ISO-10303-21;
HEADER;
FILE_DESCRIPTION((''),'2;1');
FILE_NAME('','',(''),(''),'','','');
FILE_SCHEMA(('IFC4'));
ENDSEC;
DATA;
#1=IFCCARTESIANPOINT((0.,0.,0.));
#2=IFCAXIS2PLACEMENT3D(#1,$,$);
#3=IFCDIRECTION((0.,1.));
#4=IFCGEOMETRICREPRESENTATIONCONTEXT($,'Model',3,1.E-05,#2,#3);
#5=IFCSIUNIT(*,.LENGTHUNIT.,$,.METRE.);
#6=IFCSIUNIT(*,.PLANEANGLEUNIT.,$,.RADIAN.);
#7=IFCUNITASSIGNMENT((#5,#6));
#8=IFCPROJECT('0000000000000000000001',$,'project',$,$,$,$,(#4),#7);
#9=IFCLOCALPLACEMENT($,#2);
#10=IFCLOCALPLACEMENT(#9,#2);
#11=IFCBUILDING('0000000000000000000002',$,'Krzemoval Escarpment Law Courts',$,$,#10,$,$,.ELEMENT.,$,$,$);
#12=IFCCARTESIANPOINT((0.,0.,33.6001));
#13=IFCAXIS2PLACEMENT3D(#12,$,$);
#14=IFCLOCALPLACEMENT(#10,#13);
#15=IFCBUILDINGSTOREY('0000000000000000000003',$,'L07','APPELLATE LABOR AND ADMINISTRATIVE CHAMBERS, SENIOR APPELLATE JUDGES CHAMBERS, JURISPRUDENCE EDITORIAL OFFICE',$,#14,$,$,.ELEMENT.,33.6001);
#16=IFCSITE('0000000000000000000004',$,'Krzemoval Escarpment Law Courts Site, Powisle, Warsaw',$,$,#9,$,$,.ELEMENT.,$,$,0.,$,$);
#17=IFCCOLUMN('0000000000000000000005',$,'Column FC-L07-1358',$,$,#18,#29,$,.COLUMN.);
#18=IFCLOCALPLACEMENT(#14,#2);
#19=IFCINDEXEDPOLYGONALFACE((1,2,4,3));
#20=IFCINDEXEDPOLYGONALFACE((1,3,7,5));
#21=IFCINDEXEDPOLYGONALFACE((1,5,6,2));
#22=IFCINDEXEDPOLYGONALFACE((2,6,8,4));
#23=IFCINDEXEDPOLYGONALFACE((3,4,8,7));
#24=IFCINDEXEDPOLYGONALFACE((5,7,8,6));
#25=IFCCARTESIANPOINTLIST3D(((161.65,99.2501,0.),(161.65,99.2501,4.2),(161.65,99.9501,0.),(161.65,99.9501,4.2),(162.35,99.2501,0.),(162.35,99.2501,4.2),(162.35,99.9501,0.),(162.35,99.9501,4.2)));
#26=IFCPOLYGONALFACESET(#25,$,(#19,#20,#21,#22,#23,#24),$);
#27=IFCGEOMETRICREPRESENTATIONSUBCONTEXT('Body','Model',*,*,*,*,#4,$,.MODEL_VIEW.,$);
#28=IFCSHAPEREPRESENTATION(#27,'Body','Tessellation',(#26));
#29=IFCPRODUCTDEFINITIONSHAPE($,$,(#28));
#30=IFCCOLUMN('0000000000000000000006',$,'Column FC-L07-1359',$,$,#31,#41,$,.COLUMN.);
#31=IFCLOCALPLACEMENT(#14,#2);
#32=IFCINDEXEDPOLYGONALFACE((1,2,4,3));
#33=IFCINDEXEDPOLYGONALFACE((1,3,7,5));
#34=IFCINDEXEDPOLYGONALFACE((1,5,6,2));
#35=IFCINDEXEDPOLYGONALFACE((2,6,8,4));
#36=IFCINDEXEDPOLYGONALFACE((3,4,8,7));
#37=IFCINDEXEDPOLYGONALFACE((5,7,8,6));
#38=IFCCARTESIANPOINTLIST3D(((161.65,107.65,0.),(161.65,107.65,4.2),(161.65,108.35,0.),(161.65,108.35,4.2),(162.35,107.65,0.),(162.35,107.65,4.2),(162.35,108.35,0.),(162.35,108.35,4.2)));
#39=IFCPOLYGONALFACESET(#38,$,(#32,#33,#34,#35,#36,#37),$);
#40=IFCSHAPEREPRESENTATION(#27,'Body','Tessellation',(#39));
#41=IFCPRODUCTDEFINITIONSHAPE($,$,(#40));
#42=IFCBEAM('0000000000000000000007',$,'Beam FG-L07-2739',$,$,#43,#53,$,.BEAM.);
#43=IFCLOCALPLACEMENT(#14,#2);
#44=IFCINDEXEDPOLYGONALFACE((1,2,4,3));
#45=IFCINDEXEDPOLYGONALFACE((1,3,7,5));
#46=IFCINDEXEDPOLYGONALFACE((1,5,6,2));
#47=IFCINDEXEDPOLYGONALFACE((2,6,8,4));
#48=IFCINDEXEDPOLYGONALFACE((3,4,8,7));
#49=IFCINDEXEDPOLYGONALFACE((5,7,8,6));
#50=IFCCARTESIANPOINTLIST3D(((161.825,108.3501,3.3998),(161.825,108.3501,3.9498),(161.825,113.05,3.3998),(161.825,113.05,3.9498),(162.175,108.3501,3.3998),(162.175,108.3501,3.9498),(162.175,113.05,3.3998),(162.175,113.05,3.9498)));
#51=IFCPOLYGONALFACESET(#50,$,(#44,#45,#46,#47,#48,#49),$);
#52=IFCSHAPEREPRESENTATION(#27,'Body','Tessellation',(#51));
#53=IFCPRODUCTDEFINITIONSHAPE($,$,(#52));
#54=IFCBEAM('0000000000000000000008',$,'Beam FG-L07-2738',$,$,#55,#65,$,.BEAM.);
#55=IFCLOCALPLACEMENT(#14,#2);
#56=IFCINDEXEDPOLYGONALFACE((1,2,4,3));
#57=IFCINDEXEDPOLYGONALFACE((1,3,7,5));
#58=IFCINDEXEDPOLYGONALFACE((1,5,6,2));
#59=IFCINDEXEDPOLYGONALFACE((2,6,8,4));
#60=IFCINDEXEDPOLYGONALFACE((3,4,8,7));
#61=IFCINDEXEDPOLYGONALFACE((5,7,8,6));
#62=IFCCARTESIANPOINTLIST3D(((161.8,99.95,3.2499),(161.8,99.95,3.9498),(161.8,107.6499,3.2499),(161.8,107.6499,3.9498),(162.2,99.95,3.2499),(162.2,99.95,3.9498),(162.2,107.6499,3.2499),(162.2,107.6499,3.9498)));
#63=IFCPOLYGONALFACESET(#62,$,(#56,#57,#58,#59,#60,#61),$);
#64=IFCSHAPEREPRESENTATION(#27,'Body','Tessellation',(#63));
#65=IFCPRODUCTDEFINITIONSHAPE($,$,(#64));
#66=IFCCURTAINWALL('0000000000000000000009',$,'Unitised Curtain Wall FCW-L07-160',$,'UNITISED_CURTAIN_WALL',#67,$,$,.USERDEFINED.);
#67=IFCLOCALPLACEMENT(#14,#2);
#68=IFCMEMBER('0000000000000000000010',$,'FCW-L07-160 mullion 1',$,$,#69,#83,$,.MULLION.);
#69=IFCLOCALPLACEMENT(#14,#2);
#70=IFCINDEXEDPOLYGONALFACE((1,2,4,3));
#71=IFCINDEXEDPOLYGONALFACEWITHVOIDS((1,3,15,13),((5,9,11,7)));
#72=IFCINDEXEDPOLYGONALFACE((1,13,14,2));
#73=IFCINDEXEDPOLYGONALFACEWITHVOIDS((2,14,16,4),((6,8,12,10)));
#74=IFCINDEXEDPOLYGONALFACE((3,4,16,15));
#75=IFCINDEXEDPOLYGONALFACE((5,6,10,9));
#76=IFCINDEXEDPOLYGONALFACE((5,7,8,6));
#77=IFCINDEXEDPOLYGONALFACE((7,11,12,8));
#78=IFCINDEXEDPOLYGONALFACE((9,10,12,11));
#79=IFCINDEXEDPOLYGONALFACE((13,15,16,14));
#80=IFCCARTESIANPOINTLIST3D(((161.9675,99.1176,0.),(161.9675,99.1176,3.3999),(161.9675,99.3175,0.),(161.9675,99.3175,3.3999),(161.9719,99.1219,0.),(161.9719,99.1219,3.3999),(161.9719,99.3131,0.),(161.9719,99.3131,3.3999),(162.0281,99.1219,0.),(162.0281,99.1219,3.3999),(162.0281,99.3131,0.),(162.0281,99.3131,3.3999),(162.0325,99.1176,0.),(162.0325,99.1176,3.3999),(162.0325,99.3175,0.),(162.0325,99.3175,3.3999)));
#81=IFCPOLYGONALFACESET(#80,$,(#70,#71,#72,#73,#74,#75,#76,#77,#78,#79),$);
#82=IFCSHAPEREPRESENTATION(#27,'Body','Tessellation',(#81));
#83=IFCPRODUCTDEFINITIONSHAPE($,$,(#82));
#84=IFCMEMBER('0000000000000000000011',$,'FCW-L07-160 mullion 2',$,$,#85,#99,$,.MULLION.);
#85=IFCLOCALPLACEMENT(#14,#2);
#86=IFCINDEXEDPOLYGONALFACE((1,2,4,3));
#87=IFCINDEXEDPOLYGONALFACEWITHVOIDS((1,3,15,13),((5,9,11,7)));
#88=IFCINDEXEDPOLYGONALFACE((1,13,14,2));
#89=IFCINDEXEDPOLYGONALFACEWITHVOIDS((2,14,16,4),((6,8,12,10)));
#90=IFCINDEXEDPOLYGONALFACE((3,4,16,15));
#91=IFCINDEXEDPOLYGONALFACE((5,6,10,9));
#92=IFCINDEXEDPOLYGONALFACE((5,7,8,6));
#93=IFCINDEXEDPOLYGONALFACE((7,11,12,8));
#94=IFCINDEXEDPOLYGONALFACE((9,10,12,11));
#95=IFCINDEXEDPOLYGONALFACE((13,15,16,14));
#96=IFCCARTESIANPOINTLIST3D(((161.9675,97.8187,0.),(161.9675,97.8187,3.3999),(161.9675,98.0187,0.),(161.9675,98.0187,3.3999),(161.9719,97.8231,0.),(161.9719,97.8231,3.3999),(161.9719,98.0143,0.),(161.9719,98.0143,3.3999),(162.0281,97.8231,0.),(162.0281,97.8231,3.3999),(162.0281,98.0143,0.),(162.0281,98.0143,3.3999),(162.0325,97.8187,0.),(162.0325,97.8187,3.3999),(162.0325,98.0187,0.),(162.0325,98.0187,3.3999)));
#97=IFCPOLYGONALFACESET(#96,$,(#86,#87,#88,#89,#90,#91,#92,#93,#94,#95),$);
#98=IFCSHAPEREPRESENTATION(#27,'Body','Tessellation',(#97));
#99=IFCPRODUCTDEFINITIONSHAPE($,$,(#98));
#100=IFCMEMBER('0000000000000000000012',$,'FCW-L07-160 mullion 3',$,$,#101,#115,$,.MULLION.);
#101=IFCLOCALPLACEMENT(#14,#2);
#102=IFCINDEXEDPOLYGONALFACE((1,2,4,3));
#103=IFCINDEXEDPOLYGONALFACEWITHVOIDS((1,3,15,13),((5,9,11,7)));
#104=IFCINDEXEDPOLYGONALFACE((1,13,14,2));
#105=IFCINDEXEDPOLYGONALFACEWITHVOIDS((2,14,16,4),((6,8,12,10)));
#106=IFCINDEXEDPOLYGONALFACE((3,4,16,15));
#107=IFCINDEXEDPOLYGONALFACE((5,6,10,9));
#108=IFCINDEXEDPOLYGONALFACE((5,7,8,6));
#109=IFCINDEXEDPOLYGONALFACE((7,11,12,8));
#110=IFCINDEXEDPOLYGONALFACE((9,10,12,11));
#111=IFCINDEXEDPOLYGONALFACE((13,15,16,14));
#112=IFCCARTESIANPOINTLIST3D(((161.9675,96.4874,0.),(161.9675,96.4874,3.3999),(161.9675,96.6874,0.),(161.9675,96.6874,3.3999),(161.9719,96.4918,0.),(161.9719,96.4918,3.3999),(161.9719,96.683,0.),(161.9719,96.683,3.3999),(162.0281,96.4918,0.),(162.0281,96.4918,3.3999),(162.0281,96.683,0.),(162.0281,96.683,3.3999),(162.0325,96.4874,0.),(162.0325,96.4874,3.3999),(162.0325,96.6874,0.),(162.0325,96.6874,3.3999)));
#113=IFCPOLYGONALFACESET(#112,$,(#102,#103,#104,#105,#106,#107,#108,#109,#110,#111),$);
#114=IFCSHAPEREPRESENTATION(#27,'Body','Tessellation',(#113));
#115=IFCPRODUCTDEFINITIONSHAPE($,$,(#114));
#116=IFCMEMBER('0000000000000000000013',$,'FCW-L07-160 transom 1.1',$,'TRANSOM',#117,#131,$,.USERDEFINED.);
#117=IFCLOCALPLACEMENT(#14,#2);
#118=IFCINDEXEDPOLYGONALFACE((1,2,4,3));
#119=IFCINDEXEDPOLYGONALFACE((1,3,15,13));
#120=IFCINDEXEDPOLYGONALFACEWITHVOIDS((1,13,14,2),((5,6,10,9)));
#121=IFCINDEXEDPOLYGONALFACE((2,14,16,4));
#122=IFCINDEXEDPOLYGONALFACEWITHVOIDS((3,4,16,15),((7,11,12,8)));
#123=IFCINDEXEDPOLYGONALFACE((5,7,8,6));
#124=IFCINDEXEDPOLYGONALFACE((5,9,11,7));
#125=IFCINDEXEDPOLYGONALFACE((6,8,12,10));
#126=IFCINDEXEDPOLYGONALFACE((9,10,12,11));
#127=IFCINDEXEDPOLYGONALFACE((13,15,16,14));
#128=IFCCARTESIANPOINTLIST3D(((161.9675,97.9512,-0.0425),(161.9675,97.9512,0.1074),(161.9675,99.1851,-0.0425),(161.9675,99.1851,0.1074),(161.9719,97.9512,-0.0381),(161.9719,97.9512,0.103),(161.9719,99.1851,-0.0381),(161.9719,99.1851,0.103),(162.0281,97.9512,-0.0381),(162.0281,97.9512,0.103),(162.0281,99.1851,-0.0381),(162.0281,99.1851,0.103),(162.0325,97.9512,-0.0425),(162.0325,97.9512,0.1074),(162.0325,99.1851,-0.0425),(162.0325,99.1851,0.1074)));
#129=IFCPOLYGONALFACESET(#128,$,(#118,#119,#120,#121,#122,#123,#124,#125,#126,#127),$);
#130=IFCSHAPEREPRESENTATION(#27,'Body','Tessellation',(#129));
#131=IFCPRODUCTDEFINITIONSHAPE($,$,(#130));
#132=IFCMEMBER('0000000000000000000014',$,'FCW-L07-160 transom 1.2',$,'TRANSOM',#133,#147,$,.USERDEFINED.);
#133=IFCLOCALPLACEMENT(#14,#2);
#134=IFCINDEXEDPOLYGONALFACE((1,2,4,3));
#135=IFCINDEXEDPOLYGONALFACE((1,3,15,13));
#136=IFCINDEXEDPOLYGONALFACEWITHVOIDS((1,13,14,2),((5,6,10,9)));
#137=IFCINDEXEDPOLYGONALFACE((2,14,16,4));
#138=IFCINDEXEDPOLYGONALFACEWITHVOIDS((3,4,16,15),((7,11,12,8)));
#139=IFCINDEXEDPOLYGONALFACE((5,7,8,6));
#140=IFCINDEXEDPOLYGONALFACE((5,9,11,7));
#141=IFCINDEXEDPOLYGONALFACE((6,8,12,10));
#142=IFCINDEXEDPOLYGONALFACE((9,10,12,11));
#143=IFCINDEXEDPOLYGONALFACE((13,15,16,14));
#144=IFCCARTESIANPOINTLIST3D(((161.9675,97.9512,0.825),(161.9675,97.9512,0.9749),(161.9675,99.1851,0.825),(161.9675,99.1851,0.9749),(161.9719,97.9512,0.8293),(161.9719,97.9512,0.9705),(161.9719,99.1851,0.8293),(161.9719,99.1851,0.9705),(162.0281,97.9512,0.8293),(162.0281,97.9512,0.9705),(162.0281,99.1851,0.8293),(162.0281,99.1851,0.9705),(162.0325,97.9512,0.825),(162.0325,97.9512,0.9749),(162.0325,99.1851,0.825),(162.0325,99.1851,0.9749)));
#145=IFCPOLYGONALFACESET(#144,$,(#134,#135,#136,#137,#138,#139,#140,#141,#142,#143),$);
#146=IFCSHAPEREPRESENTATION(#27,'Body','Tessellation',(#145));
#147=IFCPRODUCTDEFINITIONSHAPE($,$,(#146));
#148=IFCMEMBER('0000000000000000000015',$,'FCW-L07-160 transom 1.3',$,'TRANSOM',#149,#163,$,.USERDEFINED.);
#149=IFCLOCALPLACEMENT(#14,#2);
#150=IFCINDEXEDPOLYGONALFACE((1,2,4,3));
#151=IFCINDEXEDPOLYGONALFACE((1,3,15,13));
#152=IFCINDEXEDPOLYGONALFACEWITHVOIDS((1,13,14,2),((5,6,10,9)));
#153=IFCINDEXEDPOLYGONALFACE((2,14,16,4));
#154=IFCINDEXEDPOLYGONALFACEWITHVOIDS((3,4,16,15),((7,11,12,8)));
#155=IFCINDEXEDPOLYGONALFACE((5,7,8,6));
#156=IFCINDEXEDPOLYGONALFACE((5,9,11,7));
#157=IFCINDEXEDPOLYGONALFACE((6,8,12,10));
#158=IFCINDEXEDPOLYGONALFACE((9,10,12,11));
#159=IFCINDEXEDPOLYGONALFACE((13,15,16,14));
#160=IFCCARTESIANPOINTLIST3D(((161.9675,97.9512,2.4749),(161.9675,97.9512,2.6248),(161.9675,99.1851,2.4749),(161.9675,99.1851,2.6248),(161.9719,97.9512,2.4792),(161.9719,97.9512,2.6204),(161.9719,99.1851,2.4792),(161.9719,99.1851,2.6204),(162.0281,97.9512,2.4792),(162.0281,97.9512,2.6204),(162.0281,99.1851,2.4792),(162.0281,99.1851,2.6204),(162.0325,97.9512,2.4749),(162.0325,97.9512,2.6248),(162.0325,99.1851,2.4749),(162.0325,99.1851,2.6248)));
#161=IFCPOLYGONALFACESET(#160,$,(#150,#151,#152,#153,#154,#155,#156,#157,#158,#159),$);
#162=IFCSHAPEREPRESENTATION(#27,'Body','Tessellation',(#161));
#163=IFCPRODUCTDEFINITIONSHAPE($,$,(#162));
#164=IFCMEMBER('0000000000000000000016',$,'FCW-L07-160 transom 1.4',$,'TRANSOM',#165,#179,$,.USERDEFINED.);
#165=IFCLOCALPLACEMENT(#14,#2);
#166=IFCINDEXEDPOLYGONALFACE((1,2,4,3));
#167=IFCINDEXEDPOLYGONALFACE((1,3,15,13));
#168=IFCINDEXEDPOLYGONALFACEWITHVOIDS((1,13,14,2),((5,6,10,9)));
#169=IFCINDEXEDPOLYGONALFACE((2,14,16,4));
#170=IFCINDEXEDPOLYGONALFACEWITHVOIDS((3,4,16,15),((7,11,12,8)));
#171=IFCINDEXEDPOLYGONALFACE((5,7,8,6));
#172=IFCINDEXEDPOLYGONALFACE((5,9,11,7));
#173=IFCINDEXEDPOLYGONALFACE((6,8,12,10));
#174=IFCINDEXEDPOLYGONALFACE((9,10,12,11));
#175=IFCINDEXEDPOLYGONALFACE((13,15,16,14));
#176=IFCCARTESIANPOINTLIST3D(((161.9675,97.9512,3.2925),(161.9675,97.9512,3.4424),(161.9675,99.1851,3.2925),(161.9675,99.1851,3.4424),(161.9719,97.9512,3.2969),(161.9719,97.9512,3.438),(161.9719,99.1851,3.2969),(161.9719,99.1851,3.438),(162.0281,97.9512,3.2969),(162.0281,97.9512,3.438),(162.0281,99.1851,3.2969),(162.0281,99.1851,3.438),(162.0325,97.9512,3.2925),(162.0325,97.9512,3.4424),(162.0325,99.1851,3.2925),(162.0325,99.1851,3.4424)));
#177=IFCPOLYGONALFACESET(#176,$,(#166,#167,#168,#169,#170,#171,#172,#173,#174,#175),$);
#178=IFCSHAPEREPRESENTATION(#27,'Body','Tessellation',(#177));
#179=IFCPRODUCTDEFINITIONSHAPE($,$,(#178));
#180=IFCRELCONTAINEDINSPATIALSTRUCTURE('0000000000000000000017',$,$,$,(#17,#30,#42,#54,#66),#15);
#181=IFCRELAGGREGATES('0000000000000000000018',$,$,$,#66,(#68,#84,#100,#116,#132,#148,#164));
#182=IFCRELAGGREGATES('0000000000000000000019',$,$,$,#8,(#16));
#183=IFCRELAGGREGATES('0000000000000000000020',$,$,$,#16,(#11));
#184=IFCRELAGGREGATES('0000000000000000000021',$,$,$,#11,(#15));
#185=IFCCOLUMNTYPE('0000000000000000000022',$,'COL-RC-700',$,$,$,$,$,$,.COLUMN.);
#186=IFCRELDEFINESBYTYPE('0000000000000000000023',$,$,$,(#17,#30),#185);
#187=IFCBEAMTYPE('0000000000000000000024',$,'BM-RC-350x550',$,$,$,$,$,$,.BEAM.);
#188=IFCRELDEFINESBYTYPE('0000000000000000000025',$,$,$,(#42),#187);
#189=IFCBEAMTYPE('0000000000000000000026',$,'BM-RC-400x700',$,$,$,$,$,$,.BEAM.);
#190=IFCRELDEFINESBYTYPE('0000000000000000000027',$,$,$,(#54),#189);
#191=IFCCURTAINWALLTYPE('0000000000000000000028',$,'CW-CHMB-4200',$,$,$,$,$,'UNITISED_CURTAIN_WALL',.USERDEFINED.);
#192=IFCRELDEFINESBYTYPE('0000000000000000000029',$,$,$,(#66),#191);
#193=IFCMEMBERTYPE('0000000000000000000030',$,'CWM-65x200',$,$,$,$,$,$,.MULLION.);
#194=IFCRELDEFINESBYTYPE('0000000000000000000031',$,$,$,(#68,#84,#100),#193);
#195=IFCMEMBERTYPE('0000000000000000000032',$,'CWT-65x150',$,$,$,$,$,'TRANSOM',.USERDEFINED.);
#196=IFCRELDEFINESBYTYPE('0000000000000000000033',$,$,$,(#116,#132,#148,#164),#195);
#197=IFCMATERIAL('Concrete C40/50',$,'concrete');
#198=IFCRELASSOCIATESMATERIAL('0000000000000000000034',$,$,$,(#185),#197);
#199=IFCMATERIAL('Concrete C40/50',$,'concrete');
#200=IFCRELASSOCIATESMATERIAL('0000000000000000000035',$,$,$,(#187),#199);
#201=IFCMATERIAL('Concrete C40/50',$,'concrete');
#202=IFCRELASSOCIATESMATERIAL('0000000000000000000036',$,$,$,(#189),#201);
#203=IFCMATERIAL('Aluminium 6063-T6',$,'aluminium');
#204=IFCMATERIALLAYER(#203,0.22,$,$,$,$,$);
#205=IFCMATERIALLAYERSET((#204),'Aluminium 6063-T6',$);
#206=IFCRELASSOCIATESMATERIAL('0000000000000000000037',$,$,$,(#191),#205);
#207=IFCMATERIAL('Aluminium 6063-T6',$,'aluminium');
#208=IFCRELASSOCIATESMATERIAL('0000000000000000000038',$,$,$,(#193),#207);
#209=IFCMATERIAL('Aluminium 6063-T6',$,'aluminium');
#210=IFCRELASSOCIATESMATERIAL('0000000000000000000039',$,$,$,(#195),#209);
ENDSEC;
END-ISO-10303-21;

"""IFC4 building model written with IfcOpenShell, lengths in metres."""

from ifc_helpers import new_model, si_unit, direction, frame, origin, origin_2d, place, context, subcontext, project, spatial, rectangle, hollow_rectangle, extrude, material, layer, layer_set, material_profile, profile_set, type_object, element, aggregate, save


model = new_model("IFC4")

# Units and contexts
model_context = context("Model", 3, precision=1e-05, world=origin(), true_north=direction((0.0, 1.0)))
body_context = subcontext(model_context, "Body", "Model", "MODEL_VIEW")
ifc_project = project(units=[si_unit("LENGTHUNIT", "METRE"), si_unit("PLANEANGLEUNIT", "RADIAN")], contexts=[model_context])

# Site, building, storey
site_placement = place(None, origin())
site = spatial("IfcSite", under=ifc_project, at=site_placement, Name="Krzemoval Escarpment Law Courts Site, Powisle, Warsaw", CompositionType="ELEMENT", RefElevation=0.0)
building_placement = place(site_placement, origin())
building = spatial("IfcBuilding", under=site, at=building_placement, Name="Krzemoval Escarpment Law Courts", CompositionType="ELEMENT")
storey_placement = place(building_placement, frame((0.0, 0.0, 33.6001)))
storey = spatial("IfcBuildingStorey", under=building, at=storey_placement, Name="L07", Description="APPELLATE LABOR AND ADMINISTRATIVE CHAMBERS, SENIOR APPELLATE JUDGES CHAMBERS, JURISPRUDENCE EDITORIAL OFFICE", CompositionType="ELEMENT", Elevation=33.6001)

# Columns
ifc_material_1 = material(Name="Concrete C40/50", Category="concrete")
ifc_material_profile_1 = material_profile(ifc_material_1, rectangle(XDim=0.7, YDim=0.7, at=origin_2d()), Name="RC 700x700")
ifc_profile_set_1 = profile_set([ifc_material_profile_1], Name="Concrete C40/50")
column_type = type_object("IfcColumnType", Name="COL-RC-700", PredefinedType="COLUMN", material=ifc_profile_set_1)
for number, where, z_axis, x_axis, name in (
    (1, (162.0, 99.6001, 0.0), (0.0, 0.0, 1.0), (1.0, 0.0, 0.0), "Column FC-L07-1358"),
    (2, (162.0, 108.0, 0.0), (0.0, 0.0, 1.0), (1.0, 0.0, 0.0), "Column FC-L07-1359"),
):
    element("IfcColumn", number, at=place(storey_placement, frame(where, z_axis=z_axis, x_axis=x_axis)), inside=storey, type_object=column_type, Name=name, PredefinedType="COLUMN", context=body_context, shape_type="SweptSolid", body=[
        extrude(rectangle(XDim=0.7, YDim=0.7, at=origin_2d()), origin(), (0.0, 0.0, 1.0), 4.2),
    ])

# Beams
ifc_material_2 = material(Name="Concrete C40/50", Category="concrete")
ifc_material_profile_2 = material_profile(ifc_material_2, rectangle(XDim=0.3501, YDim=0.55, at=origin_2d()), Name="RCB 350x550")
ifc_profile_set_2 = profile_set([ifc_material_profile_2], Name="Concrete C40/50")
beam_type_1 = type_object("IfcBeamType", Name="BM-RC-350x550", PredefinedType="BEAM", material=ifc_profile_set_2)
beam_1_placement = place(storey_placement, frame((162.0, 108.3501, 3.6748), z_axis=(0.0, 1.0, 0.0), x_axis=(-1.0, 0.0, 0.0)))
element("IfcBeam", 3, at=beam_1_placement, inside=storey, type_object=beam_type_1, Name="Beam FG-L07-2739", PredefinedType="BEAM", context=body_context, shape_type="SweptSolid", body=[
    extrude(rectangle(XDim=0.3501, YDim=0.55, at=origin_2d()), origin(), (0.0, 0.0, 1.0), 4.7),
])
ifc_material_3 = material(Name="Concrete C40/50", Category="concrete")
ifc_material_profile_3 = material_profile(ifc_material_3, rectangle(XDim=0.3999, YDim=0.7, at=origin_2d()), Name="RCB 400x700")
ifc_profile_set_3 = profile_set([ifc_material_profile_3], Name="Concrete C40/50")
beam_type_2 = type_object("IfcBeamType", Name="BM-RC-400x700", PredefinedType="BEAM", material=ifc_profile_set_3)
beam_2_placement = place(storey_placement, frame((162.0, 99.95, 3.5999), z_axis=(0.0, 1.0, 0.0), x_axis=(-1.0, 0.0, 0.0)))
element("IfcBeam", 4, at=beam_2_placement, inside=storey, type_object=beam_type_2, Name="Beam FG-L07-2738", PredefinedType="BEAM", context=body_context, shape_type="SweptSolid", body=[
    extrude(rectangle(XDim=0.3999, YDim=0.7, at=origin_2d()), origin(), (0.0, 0.0, 1.0), 7.7),
])

# Curtain wall, members
ifc_material_4 = material(Name="Aluminium 6063-T6", Category="aluminium")
ifc_layer_1 = layer(ifc_material_4, 0.22)
ifc_layer_set_1 = layer_set([ifc_layer_1], Name="Aluminium 6063-T6")
curtain_wall_type = type_object("IfcCurtainWallType", Name="CW-CHMB-4200", ElementType="UNITISED_CURTAIN_WALL", PredefinedType="USERDEFINED", material=ifc_layer_set_1)
curtain_wall_placement = place(storey_placement, origin())
curtain_wall = element("IfcCurtainWall", 5, at=curtain_wall_placement, inside=storey, type_object=curtain_wall_type, Name="Unitised Curtain Wall FCW-L07-160", ObjectType="UNITISED_CURTAIN_WALL", PredefinedType="USERDEFINED")
ifc_material_5 = material(Name="Aluminium 6063-T6", Category="aluminium")
ifc_material_profile_4 = material_profile(ifc_material_5, hollow_rectangle(XDim=0.0649, YDim=0.2, WallThickness=0.0044, at=origin_2d()), Name="ALU M65x200")
ifc_profile_set_4 = profile_set([ifc_material_profile_4], Name="Aluminium 6063-T6")
member_type_1 = type_object("IfcMemberType", Name="CWM-65x200", PredefinedType="MULLION", material=ifc_profile_set_4)
member_1_placement = place(storey_placement, frame((162.0, 99.2175, 0.0), z_axis=(0.0, 0.0, 1.0), x_axis=(1.0, 0.0, 0.0)))
member_1 = element("IfcMember", 6, at=member_1_placement, type_object=member_type_1, Name="FCW-L07-160 mullion 1", PredefinedType="MULLION", context=body_context, shape_type="SweptSolid", body=[
    extrude(hollow_rectangle(XDim=0.0649, YDim=0.2, WallThickness=0.0044, at=origin_2d()), origin(), (0.0, 0.0, 1.0), 3.3999),
])
member_2_placement = place(storey_placement, frame((162.0, 97.9187, 0.0), z_axis=(0.0, 0.0, 1.0), x_axis=(1.0, 0.0, 0.0)))
member_2 = element("IfcMember", 7, at=member_2_placement, type_object=member_type_1, Name="FCW-L07-160 mullion 2", PredefinedType="MULLION", context=body_context, shape_type="SweptSolid", body=[
    extrude(hollow_rectangle(XDim=0.0649, YDim=0.2, WallThickness=0.0044, at=origin_2d()), origin(), (0.0, 0.0, 1.0), 3.3999),
])
member_3_placement = place(storey_placement, frame((162.0, 96.5874, 0.0), z_axis=(0.0, 0.0, 1.0), x_axis=(1.0, 0.0, 0.0)))
member_3 = element("IfcMember", 8, at=member_3_placement, type_object=member_type_1, Name="FCW-L07-160 mullion 3", PredefinedType="MULLION", context=body_context, shape_type="SweptSolid", body=[
    extrude(hollow_rectangle(XDim=0.0649, YDim=0.2, WallThickness=0.0044, at=origin_2d()), origin(), (0.0, 0.0, 1.0), 3.3999),
])
ifc_material_6 = material(Name="Aluminium 6063-T6", Category="aluminium")
ifc_material_profile_5 = material_profile(ifc_material_6, hollow_rectangle(XDim=0.0649, YDim=0.1499, WallThickness=0.0044, at=origin_2d()), Name="ALU T65x150")
ifc_profile_set_5 = profile_set([ifc_material_profile_5], Name="Aluminium 6063-T6")
member_type_2 = type_object("IfcMemberType", Name="CWT-65x150", ElementType="TRANSOM", PredefinedType="USERDEFINED", material=ifc_profile_set_5)
member_4_placement = place(storey_placement, frame((162.0, 99.1851, 0.0325), z_axis=(0.0, -1.0, 0.0), x_axis=(1.0, 0.0, 0.0)))
member_4 = element("IfcMember", 9, at=member_4_placement, type_object=member_type_2, Name="FCW-L07-160 transom 1.1", ObjectType="TRANSOM", PredefinedType="USERDEFINED", context=body_context, shape_type="SweptSolid", body=[
    extrude(hollow_rectangle(XDim=0.0649, YDim=0.1499, WallThickness=0.0044, at=origin_2d()), origin(), (0.0, 0.0, 1.0), 1.2339),
])
member_5_placement = place(storey_placement, frame((162.0, 99.1851, 0.8999), z_axis=(0.0, -1.0, 0.0), x_axis=(1.0, 0.0, 0.0)))
member_5 = element("IfcMember", 10, at=member_5_placement, type_object=member_type_2, Name="FCW-L07-160 transom 1.2", ObjectType="TRANSOM", PredefinedType="USERDEFINED", context=body_context, shape_type="SweptSolid", body=[
    extrude(hollow_rectangle(XDim=0.0649, YDim=0.1499, WallThickness=0.0044, at=origin_2d()), origin(), (0.0, 0.0, 1.0), 1.2339),
])
member_6_placement = place(storey_placement, frame((162.0, 99.1851, 2.5498), z_axis=(0.0, -1.0, 0.0), x_axis=(1.0, 0.0, 0.0)))
member_6 = element("IfcMember", 11, at=member_6_placement, type_object=member_type_2, Name="FCW-L07-160 transom 1.3", ObjectType="TRANSOM", PredefinedType="USERDEFINED", context=body_context, shape_type="SweptSolid", body=[
    extrude(hollow_rectangle(XDim=0.0649, YDim=0.1499, WallThickness=0.0044, at=origin_2d()), origin(), (0.0, 0.0, 1.0), 1.2339),
])
member_7_placement = place(storey_placement, frame((162.0, 99.1851, 3.3674), z_axis=(0.0, -1.0, 0.0), x_axis=(1.0, 0.0, 0.0)))
member_7 = element("IfcMember", 12, at=member_7_placement, type_object=member_type_2, Name="FCW-L07-160 transom 1.4", ObjectType="TRANSOM", PredefinedType="USERDEFINED", context=body_context, shape_type="SweptSolid", body=[
    extrude(hollow_rectangle(XDim=0.0649, YDim=0.1499, WallThickness=0.0044, at=origin_2d()), origin(), (0.0, 0.0, 1.0), 1.2339),
])

aggregate(curtain_wall, [member_1, member_2, member_3, member_4, member_5, member_6, member_7])

save(model, "model.ifc")
